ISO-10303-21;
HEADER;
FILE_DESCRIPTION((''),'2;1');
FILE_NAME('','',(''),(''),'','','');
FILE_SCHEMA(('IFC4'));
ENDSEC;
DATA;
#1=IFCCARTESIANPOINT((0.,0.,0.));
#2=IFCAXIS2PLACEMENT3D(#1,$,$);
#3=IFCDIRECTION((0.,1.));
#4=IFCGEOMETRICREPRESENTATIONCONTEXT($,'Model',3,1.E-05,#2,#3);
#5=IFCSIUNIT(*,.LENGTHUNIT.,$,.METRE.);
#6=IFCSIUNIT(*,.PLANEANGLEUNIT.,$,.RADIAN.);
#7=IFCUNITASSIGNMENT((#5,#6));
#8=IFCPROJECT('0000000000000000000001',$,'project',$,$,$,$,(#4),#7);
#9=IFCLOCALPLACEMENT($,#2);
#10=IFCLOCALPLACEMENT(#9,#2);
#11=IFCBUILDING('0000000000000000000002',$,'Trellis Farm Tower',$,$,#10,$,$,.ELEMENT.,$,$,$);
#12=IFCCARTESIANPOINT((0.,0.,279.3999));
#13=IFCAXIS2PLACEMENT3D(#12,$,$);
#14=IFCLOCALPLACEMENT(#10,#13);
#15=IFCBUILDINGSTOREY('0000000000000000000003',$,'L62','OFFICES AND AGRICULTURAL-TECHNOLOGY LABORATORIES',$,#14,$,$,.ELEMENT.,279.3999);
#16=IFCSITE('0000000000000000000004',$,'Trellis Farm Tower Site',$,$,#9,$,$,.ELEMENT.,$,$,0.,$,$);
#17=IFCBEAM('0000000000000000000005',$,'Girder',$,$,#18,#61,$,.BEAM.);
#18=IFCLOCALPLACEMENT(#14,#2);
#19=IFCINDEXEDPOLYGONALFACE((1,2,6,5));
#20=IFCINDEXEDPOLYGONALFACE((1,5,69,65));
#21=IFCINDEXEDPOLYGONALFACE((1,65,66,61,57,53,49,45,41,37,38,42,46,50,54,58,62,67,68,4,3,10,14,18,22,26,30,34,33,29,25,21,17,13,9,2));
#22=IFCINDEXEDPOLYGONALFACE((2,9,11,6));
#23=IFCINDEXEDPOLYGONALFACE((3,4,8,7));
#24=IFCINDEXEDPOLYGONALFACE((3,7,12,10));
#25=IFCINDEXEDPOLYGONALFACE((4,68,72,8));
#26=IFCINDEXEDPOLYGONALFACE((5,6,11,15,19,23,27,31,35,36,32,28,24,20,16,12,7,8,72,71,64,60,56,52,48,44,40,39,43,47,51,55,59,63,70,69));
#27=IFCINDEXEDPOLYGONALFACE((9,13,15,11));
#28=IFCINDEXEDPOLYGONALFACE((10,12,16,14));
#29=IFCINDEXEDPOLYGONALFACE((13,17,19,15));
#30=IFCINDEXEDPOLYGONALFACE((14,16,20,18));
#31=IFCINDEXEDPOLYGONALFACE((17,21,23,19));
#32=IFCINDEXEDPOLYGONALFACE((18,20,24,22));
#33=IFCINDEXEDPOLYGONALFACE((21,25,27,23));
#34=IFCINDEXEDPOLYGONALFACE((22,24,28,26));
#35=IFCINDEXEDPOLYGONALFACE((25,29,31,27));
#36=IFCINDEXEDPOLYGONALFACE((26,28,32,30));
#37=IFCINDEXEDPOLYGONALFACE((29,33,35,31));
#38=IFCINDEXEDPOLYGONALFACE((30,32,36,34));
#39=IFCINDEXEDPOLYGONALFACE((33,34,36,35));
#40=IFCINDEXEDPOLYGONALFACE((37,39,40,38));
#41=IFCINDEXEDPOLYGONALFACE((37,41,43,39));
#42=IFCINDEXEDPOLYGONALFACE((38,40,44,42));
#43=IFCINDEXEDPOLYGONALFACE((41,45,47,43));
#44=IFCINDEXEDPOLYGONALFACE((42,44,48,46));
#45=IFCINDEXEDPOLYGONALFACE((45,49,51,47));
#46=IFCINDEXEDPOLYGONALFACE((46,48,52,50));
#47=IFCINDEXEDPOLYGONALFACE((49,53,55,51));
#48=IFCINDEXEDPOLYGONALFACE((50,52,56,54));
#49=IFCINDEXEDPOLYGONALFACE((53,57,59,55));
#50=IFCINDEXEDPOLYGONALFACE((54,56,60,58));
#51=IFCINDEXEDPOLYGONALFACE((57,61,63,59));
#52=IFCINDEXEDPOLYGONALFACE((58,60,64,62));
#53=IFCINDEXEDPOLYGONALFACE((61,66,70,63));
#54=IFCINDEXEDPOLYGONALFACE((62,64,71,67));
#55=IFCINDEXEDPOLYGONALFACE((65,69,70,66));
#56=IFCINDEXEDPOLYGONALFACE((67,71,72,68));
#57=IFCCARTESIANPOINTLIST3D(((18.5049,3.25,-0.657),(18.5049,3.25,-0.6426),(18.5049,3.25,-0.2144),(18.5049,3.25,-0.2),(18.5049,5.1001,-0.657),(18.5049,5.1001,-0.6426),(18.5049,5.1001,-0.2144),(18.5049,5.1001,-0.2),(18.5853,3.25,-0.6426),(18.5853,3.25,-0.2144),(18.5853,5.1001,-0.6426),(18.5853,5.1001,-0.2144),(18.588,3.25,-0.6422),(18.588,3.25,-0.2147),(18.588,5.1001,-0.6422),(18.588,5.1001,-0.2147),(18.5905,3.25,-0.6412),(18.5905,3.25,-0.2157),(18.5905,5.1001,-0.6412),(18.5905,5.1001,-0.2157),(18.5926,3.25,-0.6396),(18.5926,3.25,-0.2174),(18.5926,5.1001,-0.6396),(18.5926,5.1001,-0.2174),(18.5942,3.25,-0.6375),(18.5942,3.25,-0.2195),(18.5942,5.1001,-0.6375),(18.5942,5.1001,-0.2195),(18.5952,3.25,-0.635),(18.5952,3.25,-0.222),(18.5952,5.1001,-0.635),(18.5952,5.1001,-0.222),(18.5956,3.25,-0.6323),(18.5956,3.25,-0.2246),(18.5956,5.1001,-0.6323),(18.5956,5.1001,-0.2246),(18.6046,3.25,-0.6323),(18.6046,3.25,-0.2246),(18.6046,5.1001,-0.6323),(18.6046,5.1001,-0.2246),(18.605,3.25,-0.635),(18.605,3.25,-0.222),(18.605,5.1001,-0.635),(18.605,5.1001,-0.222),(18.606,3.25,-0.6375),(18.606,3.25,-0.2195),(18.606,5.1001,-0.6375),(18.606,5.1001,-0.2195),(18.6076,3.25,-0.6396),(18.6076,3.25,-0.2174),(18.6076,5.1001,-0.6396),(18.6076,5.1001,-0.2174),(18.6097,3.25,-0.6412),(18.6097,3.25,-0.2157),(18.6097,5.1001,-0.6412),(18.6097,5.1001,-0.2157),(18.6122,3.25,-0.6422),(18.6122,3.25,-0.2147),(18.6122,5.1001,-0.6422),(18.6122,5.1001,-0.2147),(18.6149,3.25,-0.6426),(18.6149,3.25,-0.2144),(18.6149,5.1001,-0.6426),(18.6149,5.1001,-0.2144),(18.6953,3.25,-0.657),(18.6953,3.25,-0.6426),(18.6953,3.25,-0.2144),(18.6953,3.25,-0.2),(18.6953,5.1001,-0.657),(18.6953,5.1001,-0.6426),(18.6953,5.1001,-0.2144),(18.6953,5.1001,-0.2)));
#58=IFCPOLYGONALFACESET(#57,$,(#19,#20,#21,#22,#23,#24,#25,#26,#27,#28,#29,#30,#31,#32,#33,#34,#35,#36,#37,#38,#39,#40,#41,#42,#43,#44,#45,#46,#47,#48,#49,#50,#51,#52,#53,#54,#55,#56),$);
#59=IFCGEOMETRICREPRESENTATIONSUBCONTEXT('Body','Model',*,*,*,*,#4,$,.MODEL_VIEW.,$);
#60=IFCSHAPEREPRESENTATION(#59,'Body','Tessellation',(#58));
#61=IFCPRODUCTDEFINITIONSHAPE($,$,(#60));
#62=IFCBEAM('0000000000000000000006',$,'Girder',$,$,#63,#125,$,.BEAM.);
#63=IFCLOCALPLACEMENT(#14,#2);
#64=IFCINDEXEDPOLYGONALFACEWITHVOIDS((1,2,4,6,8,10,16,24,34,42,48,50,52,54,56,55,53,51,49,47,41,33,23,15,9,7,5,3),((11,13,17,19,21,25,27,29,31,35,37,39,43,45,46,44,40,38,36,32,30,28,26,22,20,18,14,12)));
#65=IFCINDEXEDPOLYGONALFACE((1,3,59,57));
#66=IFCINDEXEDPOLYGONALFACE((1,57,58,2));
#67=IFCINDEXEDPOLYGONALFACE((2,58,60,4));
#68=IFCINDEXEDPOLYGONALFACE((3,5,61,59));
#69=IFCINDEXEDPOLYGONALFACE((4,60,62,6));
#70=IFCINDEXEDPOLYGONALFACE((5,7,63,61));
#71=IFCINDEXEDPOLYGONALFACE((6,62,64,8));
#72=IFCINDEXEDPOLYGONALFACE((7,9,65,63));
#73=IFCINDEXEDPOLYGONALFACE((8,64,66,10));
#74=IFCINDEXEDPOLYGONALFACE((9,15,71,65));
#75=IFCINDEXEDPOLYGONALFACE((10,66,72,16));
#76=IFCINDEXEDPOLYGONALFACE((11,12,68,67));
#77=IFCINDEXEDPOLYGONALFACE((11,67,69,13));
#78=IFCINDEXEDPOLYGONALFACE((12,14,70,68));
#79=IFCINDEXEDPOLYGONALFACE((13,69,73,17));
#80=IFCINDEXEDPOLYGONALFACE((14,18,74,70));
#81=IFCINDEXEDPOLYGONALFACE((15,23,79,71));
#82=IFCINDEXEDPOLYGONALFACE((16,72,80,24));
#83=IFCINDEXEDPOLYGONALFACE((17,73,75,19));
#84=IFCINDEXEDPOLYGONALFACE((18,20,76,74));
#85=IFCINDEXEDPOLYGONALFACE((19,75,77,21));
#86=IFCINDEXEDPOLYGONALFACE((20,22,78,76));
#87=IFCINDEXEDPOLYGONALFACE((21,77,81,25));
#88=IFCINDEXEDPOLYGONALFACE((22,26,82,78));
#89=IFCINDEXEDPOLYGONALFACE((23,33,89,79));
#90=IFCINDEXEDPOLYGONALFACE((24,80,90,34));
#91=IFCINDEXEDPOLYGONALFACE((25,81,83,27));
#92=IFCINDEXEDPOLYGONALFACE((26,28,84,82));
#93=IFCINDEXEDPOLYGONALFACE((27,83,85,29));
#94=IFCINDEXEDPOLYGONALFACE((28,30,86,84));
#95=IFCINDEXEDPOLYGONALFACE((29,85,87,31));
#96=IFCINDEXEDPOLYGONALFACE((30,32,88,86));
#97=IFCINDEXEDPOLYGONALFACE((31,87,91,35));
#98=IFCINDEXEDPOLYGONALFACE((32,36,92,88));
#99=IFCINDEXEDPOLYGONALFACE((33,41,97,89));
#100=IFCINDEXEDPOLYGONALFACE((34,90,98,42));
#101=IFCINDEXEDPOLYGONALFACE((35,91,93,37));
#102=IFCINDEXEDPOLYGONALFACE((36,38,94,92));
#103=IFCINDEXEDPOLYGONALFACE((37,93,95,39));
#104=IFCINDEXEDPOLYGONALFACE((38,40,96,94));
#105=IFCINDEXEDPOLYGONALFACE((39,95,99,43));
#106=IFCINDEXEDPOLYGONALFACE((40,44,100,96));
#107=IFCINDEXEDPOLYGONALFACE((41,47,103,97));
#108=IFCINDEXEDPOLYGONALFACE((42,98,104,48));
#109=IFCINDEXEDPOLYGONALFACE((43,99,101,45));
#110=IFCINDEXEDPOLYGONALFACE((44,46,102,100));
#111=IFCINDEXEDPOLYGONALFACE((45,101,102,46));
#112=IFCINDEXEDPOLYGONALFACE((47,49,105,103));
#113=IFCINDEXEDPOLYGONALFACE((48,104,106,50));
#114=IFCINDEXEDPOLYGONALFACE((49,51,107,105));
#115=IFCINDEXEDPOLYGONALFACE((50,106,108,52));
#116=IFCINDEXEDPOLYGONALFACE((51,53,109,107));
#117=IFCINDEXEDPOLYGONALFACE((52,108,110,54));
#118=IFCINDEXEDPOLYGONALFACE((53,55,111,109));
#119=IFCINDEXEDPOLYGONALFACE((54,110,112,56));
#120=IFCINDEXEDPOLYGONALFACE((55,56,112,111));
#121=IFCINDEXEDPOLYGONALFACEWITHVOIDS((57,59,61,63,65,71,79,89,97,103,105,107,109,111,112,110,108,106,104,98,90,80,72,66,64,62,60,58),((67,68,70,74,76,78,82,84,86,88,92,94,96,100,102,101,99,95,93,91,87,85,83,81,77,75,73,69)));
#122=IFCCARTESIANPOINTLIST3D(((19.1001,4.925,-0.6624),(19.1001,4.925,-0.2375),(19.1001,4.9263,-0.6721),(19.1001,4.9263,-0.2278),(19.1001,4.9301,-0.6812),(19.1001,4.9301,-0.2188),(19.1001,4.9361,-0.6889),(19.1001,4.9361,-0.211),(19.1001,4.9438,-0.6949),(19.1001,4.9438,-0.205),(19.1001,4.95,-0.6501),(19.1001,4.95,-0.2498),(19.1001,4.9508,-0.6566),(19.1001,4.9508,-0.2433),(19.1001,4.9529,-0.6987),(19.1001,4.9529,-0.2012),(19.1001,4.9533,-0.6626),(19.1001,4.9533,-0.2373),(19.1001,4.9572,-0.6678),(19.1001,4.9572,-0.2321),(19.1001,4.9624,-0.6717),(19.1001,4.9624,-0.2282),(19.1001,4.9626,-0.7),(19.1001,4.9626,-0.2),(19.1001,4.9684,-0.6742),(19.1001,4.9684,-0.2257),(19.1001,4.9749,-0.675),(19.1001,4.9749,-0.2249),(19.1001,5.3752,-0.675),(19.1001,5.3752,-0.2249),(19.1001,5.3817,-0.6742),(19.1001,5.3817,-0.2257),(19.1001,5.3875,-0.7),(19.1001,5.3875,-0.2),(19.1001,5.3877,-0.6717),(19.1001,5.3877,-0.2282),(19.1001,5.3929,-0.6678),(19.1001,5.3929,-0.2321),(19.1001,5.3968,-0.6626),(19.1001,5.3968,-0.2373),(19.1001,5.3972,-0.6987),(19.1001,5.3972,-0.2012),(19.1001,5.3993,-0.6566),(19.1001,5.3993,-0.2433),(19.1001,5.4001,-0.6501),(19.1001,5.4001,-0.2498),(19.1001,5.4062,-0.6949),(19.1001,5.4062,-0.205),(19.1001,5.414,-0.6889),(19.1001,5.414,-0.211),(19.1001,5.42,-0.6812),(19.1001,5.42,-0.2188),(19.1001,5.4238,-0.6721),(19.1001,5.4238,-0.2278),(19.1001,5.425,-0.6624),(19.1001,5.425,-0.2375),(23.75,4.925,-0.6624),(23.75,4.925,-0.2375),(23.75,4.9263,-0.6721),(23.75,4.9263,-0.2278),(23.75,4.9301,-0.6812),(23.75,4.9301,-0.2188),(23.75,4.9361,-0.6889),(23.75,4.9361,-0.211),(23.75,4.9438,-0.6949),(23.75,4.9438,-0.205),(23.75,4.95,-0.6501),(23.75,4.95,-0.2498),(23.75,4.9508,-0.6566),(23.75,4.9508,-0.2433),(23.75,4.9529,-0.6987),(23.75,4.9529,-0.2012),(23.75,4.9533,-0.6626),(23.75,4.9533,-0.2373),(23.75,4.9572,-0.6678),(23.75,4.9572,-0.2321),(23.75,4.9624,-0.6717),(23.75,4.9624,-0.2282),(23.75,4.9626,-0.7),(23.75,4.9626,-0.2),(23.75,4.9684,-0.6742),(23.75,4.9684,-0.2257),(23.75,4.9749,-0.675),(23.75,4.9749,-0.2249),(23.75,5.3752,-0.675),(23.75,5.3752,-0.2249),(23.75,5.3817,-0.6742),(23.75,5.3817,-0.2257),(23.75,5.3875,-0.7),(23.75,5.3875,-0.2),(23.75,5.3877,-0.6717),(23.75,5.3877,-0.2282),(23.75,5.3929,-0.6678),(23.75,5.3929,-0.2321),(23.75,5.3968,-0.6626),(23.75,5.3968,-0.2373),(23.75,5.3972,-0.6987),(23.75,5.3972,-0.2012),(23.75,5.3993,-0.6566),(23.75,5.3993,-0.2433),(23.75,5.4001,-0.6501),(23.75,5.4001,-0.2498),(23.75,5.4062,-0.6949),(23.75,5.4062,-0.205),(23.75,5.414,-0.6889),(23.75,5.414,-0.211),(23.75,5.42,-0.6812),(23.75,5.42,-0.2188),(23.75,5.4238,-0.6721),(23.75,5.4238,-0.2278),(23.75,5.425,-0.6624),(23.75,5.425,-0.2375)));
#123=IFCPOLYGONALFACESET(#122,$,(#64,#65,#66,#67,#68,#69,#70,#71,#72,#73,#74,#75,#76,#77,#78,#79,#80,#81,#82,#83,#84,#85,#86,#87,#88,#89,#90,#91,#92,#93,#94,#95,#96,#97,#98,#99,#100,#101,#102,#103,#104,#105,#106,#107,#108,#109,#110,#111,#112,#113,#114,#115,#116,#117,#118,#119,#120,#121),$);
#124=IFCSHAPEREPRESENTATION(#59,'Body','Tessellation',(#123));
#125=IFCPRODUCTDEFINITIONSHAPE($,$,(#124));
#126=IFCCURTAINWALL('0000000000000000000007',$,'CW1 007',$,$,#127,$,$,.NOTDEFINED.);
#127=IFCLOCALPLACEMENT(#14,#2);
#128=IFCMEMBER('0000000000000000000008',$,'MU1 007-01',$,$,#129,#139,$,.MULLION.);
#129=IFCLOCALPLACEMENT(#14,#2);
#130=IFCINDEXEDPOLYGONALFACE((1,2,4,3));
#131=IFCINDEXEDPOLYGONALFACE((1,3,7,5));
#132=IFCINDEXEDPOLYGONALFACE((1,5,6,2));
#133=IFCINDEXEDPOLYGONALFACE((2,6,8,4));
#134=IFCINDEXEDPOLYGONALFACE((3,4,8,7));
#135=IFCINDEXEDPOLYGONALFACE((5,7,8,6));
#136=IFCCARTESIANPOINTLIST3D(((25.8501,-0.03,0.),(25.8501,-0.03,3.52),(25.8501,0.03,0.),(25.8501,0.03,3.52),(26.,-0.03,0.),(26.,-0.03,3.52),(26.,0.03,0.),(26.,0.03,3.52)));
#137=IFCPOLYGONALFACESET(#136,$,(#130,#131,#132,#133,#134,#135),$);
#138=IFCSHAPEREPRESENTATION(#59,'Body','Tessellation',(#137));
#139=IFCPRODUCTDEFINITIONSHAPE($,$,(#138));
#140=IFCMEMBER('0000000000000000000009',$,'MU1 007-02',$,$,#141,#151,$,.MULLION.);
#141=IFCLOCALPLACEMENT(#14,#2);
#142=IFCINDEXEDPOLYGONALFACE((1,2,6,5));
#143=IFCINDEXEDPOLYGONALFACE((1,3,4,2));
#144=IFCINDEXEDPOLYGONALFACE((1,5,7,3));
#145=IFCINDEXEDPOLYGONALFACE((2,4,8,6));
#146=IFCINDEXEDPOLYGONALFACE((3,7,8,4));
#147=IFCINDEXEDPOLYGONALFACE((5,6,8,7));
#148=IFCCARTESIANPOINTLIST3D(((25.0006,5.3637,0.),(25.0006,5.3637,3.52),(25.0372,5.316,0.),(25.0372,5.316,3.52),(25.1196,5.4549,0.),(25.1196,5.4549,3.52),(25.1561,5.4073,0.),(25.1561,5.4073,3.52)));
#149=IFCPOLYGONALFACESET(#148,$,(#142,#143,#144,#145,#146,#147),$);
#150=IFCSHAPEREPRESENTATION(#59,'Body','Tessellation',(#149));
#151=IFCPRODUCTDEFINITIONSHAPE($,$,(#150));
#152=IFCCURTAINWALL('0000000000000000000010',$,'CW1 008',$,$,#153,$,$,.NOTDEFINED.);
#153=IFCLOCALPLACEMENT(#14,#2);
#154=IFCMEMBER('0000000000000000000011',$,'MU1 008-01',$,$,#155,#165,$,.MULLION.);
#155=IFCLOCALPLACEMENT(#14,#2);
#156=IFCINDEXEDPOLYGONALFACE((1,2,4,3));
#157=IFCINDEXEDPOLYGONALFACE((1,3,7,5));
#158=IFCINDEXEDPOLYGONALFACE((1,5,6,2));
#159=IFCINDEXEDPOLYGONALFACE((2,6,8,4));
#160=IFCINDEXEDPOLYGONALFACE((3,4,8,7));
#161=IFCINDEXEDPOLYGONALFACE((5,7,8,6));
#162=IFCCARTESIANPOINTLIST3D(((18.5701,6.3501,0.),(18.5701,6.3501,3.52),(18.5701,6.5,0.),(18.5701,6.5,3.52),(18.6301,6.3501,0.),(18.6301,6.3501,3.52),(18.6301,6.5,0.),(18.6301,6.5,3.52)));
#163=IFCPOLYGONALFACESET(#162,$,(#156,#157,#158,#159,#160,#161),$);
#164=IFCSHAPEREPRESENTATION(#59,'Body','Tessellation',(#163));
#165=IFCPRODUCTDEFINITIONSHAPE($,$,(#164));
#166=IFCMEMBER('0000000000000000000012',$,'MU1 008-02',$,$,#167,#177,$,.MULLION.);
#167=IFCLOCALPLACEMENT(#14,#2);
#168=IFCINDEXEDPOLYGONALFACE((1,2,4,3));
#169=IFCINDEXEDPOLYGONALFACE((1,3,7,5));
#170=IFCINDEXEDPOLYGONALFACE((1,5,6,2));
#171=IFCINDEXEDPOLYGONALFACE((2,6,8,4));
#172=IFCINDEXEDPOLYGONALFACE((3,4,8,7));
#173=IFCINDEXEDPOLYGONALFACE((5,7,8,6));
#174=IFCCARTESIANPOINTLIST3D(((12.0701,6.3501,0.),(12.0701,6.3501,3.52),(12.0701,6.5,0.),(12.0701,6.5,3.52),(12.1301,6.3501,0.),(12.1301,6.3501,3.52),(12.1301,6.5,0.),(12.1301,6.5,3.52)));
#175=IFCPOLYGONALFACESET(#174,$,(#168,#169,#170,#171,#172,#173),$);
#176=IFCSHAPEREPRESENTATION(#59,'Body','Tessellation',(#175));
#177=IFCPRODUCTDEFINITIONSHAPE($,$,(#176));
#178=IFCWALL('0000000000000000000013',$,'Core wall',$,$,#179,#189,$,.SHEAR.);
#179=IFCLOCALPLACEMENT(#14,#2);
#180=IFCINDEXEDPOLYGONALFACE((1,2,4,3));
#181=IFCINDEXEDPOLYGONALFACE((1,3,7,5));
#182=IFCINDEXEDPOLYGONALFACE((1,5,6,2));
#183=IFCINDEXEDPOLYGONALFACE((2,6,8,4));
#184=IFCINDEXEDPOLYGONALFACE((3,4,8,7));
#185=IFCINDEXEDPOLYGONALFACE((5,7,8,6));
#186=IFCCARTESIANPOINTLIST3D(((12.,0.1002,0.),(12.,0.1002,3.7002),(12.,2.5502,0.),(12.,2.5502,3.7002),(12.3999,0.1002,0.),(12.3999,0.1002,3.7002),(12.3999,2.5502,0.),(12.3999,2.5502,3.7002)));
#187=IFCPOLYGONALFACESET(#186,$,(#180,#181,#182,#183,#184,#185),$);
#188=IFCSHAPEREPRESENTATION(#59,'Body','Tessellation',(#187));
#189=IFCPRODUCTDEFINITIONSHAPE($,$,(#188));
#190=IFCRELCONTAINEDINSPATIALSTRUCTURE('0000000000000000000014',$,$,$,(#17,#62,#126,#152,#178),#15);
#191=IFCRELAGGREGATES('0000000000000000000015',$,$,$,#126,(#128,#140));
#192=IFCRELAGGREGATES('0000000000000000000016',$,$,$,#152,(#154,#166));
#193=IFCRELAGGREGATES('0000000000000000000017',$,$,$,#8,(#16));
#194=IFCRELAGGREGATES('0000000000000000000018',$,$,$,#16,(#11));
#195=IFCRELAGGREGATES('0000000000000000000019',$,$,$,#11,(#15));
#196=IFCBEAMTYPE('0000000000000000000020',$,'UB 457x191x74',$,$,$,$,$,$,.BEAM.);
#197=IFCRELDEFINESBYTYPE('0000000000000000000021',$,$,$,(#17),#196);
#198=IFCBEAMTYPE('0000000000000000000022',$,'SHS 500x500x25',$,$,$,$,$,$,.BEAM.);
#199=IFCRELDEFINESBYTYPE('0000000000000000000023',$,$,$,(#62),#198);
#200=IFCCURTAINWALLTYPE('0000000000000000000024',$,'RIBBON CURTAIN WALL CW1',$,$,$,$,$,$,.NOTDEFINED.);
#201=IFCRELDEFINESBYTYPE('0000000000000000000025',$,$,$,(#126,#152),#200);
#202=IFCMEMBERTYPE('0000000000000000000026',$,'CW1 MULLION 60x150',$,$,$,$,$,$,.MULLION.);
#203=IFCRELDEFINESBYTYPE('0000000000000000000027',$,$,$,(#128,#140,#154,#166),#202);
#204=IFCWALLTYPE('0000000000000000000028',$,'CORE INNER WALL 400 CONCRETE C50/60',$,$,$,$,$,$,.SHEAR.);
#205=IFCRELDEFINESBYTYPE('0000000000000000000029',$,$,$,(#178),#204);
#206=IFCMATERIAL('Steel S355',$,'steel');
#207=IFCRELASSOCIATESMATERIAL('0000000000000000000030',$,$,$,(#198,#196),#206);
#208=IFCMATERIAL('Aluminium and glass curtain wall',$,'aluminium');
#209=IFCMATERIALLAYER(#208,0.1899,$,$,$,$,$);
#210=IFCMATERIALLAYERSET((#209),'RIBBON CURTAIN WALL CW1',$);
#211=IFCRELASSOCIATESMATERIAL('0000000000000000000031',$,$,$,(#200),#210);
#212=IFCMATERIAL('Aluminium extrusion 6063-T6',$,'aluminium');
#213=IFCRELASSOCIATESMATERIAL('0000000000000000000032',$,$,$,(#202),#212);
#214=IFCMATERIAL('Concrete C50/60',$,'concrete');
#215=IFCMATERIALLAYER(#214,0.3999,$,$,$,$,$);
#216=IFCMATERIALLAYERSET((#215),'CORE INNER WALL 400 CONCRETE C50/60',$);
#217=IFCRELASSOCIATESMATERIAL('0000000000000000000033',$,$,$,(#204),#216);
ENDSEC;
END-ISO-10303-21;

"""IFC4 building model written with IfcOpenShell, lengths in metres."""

from ifc_helpers import new_model, si_unit, direction, frame, frame_2d, origin, origin_2d, place, context, subcontext, project, spatial, rectangle, hollow_rectangle, i_section, extrude, source, transform, mapped, material, layer, layer_set, material_profile, profile_set, type_object, element, aggregate, save


model = new_model("IFC4")

# Units and contexts
model_context = context("Model", 3, precision=1e-05, world=origin(), true_north=direction((0.0, 1.0)))
body_context = subcontext(model_context, "Body", "Model", "MODEL_VIEW")
ifc_project = project(units=[si_unit("LENGTHUNIT", "METRE"), si_unit("PLANEANGLEUNIT", "RADIAN")], contexts=[model_context])

# Site, building, storey
site_placement = place(None, origin())
site = spatial("IfcSite", under=ifc_project, at=site_placement, Name="Trellis Farm Tower Site", CompositionType="ELEMENT", RefElevation=0.0)
building_placement = place(site_placement, origin())
building = spatial("IfcBuilding", under=site, at=building_placement, Name="Trellis Farm Tower", CompositionType="ELEMENT")
storey_placement = place(building_placement, frame((0.0, 0.0, 279.3999)))
storey = spatial("IfcBuildingStorey", under=building, at=storey_placement, Name="L62", Description="OFFICES AND AGRICULTURAL-TECHNOLOGY LABORATORIES", CompositionType="ELEMENT", Elevation=279.3999)

# Beams
ifc_material_1 = material(Name="Steel S355", Category="steel")
ifc_material_profile_1 = material_profile(ifc_material_1, hollow_rectangle(XDim=0.5, YDim=0.5, WallThickness=0.0249, InnerFilletRadius=0.0249, OuterFilletRadius=0.0376, at=origin_2d()), Name="SHS 500x500x25")
ifc_profile_set_1 = profile_set([ifc_material_profile_1], Name="Steel S355")
beam_type_1 = type_object("IfcBeamType", Name="SHS 500x500x25", PredefinedType="BEAM", material=ifc_profile_set_1)
ifc_material_profile_2 = material_profile(ifc_material_1, i_section(OverallWidth=0.1904, OverallDepth=0.457, WebThickness=0.009, FlangeThickness=0.0144, FilletRadius=0.0103, at=origin_2d()), Name="UB 457x191x74")
ifc_profile_set_2 = profile_set([ifc_material_profile_2], Name="Steel S355")
beam_type_2 = type_object("IfcBeamType", Name="UB 457x191x74", PredefinedType="BEAM", material=ifc_profile_set_2)
shared_shape_1 = source(origin(), body_context, "Body", "SweptSolid", [
    extrude(i_section(OverallWidth=0.1904, OverallDepth=0.457, WebThickness=0.009, FlangeThickness=0.0144, FilletRadius=0.0103, at=origin_2d()), origin(), (0.0, 0.0, 1.0), 1.8501),
])
for number, where, z_axis, x_axis, name in (
    (1, (18.6001, 3.25, -0.4285), (0.0, 1.0, 0.0), (-1.0, 0.0, 0.0), "Girder"),
):
    element("IfcBeam", number, at=place(storey_placement, frame(where, z_axis=z_axis, x_axis=x_axis)), inside=storey, type_object=beam_type_2, Name=name, PredefinedType="BEAM", context=body_context, shape_type="MappedRepresentation", body=[
        mapped(shared_shape_1, transform((0.0, 0.0, 0.0))),
    ])
shared_shape_2 = source(origin(), body_context, "Body", "SweptSolid", [
    extrude(hollow_rectangle(XDim=0.5, YDim=0.5, WallThickness=0.0249, InnerFilletRadius=0.0249, OuterFilletRadius=0.0376, at=origin_2d()), origin(), (0.0, 0.0, 1.0), 4.6499),
])
beam_1_placement = place(storey_placement, frame((19.1001, 5.175, -0.45), z_axis=(1.0, 0.0, 0.0), x_axis=(0.0, 1.0, 0.0)))
element("IfcBeam", 2, at=beam_1_placement, inside=storey, type_object=beam_type_1, Name="Girder", PredefinedType="BEAM", context=body_context, shape_type="MappedRepresentation", body=[
    mapped(shared_shape_2, transform((0.0, 0.0, 0.0))),
])

# Curtain walls, members
ifc_material_2 = material(Name="Aluminium and glass curtain wall", Category="aluminium")
ifc_layer_1 = layer(ifc_material_2, 0.1899)
ifc_layer_set_1 = layer_set([ifc_layer_1], Name="RIBBON CURTAIN WALL CW1")
curtain_wall_type = type_object("IfcCurtainWallType", Name="RIBBON CURTAIN WALL CW1", PredefinedType="NOTDEFINED", material=ifc_layer_set_1)
placement = place(storey_placement, origin())
curtain_wall_1 = element("IfcCurtainWall", 3, at=placement, inside=storey, type_object=curtain_wall_type, Name="CW1 007", PredefinedType="NOTDEFINED")
ifc_material_3 = material(Name="Aluminium extrusion 6063-T6", Category="aluminium")
ifc_material_profile_3 = material_profile(ifc_material_3, rectangle(XDim=0.0601, YDim=0.1499, at=origin_2d()), Name="MULLION 60x150")
ifc_profile_set_3 = profile_set([ifc_material_profile_3], Name="Aluminium extrusion 6063-T6")
member_type = type_object("IfcMemberType", Name="CW1 MULLION 60x150", PredefinedType="MULLION", material=ifc_profile_set_3)
shared_shape_3 = source(origin(), body_context, "Body", "SweptSolid", [
    extrude(rectangle(XDim=0.0601, YDim=0.1499, at=origin_2d()), origin(), (0.0, 0.0, 1.0), 3.52),
])
member_1_placement = place(storey_placement, frame((25.925, 0.0, 0.0), z_axis=(0.0, 0.0, 1.0), x_axis=(0.0, 1.0, 0.0)))
member_1 = element("IfcMember", 4, at=member_1_placement, type_object=member_type, Name="MU1 007-01", PredefinedType="MULLION", context=body_context, shape_type="MappedRepresentation", body=[
    mapped(shared_shape_3, transform((0.0, 0.0, 0.0))),
])
member_2_placement = place(storey_placement, frame((25.0784, 5.3855, 0.0), z_axis=(0.0, 0.0, 1.0), x_axis=(-0.608761, 0.793353, 0.0)))
member_2 = element("IfcMember", 5, at=member_2_placement, type_object=member_type, Name="MU1 007-02", PredefinedType="MULLION", context=body_context, shape_type="MappedRepresentation", body=[
    mapped(shared_shape_3, transform((0.0, 0.0, 0.0))),
])
aggregate(curtain_wall_1, [member_1, member_2])
curtain_wall_2 = element("IfcCurtainWall", 6, at=placement, inside=storey, type_object=curtain_wall_type, Name="CW1 008", PredefinedType="NOTDEFINED")
member_3_placement = place(storey_placement, frame((18.6001, 6.425, 0.0), z_axis=(0.0, 0.0, 1.0), x_axis=(-1.0, 0.0, 0.0)))
member_3 = element("IfcMember", 7, at=member_3_placement, type_object=member_type, Name="MU1 008-01", PredefinedType="MULLION", context=body_context, shape_type="MappedRepresentation", body=[
    mapped(shared_shape_3, transform((0.0, 0.0, 0.0))),
])
member_4_placement = place(storey_placement, frame((12.1001, 6.425, 0.0), z_axis=(0.0, 0.0, 1.0), x_axis=(-1.0, 0.0, 0.0)))
member_4 = element("IfcMember", 8, at=member_4_placement, type_object=member_type, Name="MU1 008-02", PredefinedType="MULLION", context=body_context, shape_type="MappedRepresentation", body=[
    mapped(shared_shape_3, transform((0.0, 0.0, 0.0))),
])
aggregate(curtain_wall_2, [member_3, member_4])

# Wall
ifc_material_4 = material(Name="Concrete C50/60", Category="concrete")
ifc_layer_2 = layer(ifc_material_4, 0.3999)
ifc_layer_set_2 = layer_set([ifc_layer_2], Name="CORE INNER WALL 400 CONCRETE C50/60")
wall_type_1 = type_object("IfcWallType", Name="CORE INNER WALL 400 CONCRETE C50/60", PredefinedType="SHEAR", material=ifc_layer_set_2)
shared_shape_4 = source(origin(), body_context, "Body", "SweptSolid", [
    extrude(rectangle(XDim=2.45, YDim=0.3999, at=frame_2d((1.2251, 0.0))), origin(), (0.0, 0.0, 1.0), 3.7002),
])
for number, where, z_axis, x_axis, name in (
    (9, (12.2, 0.1001, 0.0), (0.0, 0.0, 1.0), (0.0, 1.0, 0.0), "Core wall"),
):
    element("IfcWall", number, at=place(storey_placement, frame(where, z_axis=z_axis, x_axis=x_axis)), inside=storey, type_object=wall_type_1, Name=name, PredefinedType="SHEAR", context=body_context, shape_type="MappedRepresentation", body=[
        mapped(shared_shape_4, transform((0.0, 0.0, 0.0))),
    ])

save(model, "model.ifc")
